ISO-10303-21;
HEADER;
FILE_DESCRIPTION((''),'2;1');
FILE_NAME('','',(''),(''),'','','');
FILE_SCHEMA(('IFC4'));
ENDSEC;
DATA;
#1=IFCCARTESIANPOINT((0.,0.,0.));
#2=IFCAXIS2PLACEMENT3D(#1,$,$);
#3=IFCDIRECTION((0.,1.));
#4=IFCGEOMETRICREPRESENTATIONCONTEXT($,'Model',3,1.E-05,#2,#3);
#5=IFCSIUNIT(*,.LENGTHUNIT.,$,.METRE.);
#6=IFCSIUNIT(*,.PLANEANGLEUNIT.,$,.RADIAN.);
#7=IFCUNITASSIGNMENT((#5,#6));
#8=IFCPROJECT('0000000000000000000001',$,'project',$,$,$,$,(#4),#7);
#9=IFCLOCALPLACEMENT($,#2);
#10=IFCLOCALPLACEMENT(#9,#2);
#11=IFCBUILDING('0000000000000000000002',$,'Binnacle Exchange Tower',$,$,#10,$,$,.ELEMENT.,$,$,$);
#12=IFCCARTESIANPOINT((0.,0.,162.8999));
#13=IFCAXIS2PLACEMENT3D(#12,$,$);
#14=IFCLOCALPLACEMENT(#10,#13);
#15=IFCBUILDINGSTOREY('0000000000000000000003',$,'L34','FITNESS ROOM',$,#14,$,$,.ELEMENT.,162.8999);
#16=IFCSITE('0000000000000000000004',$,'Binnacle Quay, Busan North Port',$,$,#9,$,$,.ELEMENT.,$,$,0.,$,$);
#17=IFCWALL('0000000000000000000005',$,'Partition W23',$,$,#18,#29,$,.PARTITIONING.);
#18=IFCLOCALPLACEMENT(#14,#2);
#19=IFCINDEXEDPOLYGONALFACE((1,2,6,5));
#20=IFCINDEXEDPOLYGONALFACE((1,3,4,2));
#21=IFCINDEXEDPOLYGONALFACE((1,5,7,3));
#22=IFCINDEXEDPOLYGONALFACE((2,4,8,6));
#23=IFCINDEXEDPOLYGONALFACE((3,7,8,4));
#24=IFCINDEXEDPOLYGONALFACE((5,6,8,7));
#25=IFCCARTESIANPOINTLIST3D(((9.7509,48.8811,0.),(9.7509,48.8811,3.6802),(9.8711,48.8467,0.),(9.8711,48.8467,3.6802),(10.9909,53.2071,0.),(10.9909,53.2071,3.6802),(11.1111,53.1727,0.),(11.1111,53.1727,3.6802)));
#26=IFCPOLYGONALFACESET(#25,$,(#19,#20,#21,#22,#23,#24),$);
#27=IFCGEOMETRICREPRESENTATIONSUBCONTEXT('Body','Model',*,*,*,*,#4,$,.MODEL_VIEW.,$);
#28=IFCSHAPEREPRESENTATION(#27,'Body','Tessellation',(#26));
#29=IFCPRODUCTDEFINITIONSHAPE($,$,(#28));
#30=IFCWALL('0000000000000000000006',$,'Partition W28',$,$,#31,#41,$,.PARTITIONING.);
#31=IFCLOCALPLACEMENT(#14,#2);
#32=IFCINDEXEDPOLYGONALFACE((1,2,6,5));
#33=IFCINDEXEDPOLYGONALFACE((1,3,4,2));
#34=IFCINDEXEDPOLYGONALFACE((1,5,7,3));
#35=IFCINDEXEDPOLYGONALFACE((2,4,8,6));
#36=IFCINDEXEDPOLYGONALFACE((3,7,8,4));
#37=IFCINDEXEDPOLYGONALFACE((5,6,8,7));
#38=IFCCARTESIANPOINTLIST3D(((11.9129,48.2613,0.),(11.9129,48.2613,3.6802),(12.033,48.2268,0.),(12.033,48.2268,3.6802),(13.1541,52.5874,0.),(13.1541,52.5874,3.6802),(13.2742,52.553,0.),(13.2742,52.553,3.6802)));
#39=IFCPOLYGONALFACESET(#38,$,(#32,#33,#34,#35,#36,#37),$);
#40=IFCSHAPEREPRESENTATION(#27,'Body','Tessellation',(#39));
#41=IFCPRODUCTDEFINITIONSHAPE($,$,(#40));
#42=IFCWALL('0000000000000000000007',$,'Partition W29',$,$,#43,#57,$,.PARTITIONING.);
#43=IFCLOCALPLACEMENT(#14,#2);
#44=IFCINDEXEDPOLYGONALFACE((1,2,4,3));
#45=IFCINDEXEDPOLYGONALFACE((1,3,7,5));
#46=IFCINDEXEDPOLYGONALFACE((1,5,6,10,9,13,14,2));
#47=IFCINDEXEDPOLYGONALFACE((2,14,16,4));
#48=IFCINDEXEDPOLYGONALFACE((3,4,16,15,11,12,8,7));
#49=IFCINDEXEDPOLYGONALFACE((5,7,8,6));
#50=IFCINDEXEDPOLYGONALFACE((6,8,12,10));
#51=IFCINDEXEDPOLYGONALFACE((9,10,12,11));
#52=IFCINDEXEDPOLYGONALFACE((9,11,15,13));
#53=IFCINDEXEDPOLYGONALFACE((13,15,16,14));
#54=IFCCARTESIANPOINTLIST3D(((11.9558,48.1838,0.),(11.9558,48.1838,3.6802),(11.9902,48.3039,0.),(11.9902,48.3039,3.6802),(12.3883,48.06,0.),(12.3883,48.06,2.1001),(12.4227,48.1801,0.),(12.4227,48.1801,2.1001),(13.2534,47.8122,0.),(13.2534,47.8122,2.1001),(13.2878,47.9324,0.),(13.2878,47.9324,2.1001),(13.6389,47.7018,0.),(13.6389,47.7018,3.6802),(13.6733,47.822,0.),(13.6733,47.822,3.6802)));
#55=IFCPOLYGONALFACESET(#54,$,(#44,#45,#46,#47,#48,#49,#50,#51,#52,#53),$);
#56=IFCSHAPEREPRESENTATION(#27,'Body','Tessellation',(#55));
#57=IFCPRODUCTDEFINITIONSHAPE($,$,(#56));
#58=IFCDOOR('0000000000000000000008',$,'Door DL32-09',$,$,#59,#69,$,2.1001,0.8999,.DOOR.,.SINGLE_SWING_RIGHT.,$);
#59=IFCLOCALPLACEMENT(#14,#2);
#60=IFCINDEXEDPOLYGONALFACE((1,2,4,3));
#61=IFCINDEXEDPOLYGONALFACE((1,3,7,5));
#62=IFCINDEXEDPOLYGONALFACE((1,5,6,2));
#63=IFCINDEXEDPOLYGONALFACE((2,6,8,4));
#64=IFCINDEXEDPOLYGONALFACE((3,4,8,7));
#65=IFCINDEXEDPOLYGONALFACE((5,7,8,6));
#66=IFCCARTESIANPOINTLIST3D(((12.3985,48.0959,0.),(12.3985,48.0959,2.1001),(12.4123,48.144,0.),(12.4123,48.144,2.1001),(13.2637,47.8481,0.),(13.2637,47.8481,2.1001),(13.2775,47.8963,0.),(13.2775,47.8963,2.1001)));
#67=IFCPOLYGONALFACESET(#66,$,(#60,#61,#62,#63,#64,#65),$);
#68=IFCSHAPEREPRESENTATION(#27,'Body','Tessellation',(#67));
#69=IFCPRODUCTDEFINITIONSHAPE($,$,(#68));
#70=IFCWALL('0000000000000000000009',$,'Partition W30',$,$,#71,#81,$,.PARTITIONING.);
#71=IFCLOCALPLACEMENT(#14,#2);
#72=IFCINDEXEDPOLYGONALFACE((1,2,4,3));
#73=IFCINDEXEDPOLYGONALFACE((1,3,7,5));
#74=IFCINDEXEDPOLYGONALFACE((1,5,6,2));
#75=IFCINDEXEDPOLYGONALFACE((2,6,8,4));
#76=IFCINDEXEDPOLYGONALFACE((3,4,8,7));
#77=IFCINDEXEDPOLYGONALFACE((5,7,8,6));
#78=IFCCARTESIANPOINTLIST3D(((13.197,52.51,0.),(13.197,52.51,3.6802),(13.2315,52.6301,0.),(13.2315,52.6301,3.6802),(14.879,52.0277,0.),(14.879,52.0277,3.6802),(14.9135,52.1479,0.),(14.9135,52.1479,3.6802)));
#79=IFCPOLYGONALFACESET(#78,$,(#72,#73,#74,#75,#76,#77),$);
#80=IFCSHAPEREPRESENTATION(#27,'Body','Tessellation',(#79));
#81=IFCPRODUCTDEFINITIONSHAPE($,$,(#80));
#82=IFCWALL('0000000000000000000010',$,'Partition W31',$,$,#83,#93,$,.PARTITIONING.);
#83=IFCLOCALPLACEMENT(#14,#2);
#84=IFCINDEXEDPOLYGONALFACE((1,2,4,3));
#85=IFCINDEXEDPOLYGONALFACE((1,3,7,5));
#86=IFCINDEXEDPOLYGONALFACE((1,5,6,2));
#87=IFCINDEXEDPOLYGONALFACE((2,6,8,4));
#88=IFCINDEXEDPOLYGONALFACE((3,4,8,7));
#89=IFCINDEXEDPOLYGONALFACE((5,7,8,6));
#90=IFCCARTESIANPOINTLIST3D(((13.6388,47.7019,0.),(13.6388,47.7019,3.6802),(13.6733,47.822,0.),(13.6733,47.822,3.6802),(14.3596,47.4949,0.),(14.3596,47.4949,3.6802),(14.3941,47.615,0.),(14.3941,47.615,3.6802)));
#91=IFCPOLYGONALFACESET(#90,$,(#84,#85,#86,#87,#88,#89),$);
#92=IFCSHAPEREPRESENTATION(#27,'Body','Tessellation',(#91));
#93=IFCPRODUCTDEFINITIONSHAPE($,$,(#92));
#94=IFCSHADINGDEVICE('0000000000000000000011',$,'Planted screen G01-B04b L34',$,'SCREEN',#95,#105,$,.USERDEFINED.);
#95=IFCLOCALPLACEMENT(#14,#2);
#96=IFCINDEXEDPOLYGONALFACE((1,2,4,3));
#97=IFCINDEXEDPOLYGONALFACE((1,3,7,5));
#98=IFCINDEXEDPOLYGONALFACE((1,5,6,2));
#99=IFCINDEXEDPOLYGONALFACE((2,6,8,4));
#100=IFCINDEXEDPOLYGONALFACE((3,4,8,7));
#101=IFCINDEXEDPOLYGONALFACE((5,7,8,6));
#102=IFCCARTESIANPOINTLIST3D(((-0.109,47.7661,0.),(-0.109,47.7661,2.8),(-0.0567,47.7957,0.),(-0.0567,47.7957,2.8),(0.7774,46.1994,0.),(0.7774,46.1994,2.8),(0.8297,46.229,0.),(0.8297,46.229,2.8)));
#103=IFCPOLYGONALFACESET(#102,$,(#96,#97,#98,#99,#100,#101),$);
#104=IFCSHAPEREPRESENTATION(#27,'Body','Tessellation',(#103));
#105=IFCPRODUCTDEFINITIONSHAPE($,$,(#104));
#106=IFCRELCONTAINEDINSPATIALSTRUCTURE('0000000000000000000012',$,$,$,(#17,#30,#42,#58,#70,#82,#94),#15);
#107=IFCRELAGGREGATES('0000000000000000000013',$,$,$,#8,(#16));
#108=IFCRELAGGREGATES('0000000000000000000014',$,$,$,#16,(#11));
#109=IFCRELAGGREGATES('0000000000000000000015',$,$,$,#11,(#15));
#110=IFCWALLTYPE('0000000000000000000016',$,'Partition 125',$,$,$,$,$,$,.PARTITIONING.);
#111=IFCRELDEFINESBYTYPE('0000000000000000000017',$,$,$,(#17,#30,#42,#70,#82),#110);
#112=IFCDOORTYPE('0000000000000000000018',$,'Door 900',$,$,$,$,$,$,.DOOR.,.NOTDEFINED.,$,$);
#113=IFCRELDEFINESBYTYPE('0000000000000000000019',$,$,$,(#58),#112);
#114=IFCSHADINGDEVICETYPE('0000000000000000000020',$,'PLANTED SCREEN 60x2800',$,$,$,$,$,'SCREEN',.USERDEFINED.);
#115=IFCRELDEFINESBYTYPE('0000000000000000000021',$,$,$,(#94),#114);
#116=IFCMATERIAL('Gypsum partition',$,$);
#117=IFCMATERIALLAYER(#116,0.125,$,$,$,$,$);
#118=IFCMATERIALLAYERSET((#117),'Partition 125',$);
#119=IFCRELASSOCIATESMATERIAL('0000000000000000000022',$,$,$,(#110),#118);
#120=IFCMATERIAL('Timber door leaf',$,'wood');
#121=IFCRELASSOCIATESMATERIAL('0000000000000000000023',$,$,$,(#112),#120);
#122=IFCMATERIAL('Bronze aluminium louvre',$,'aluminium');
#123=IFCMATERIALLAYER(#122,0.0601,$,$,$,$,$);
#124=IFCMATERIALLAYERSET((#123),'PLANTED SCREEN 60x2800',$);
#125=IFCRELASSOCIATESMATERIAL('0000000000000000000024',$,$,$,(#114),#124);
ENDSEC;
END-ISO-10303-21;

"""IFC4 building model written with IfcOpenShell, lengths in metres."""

from ifc_helpers import new_model, si_unit, direction, frame, frame_2d, origin, origin_2d, place, context, subcontext, project, spatial, rectangle, extrude, material, layer, layer_set, type_object, element, fill, save


model = new_model("IFC4")

# Units and contexts
model_context = context("Model", 3, precision=1e-05, world=origin(), true_north=direction((0.0, 1.0)))
body_context = subcontext(model_context, "Body", "Model", "MODEL_VIEW")
ifc_project = project(units=[si_unit("LENGTHUNIT", "METRE"), si_unit("PLANEANGLEUNIT", "RADIAN")], contexts=[model_context])

# Site, building, storey
site_placement = place(None, origin())
site = spatial("IfcSite", under=ifc_project, at=site_placement, Name="Binnacle Quay, Busan North Port", CompositionType="ELEMENT", RefElevation=0.0)
building_placement = place(site_placement, origin())
building = spatial("IfcBuilding", under=site, at=building_placement, Name="Binnacle Exchange Tower", CompositionType="ELEMENT")
storey_placement = place(building_placement, frame((0.0, 0.0, 162.8999)))
storey = spatial("IfcBuildingStorey", under=building, at=storey_placement, Name="L34", Description="FITNESS ROOM", CompositionType="ELEMENT", Elevation=162.8999)

# Walls
ifc_material_1 = material(Name="Gypsum partition")
ifc_layer_1 = layer(ifc_material_1, 0.125)
ifc_layer_set_1 = layer_set([ifc_layer_1], Name="Partition 125")
wall_type_1 = type_object("IfcWallType", Name="Partition 125", PredefinedType="PARTITIONING", material=ifc_layer_set_1)
wall_1_placement = place(storey_placement, frame((9.811, 48.864, 0.0), z_axis=(0.0, 0.0, 1.0), x_axis=(0.275545, 0.961288, 0.0)))
element("IfcWall", 1, at=wall_1_placement, inside=storey, type_object=wall_type_1, Name="Partition W23", PredefinedType="PARTITIONING", context=body_context, shape_type="SweptSolid", body=[
    extrude(rectangle(XDim=4.5002, YDim=0.125, at=frame_2d((2.25, 0.0))), origin(), (0.0, 0.0, 1.0), 3.6802),
])
wall_2_placement = place(storey_placement, frame((11.9729, 48.2439, 0.0), z_axis=(0.0, 0.0, 1.0), x_axis=(0.275781, 0.96122, 0.0)))
element("IfcWall", 2, at=wall_2_placement, inside=storey, type_object=wall_type_1, Name="Partition W28", PredefinedType="PARTITIONING", context=body_context, shape_type="SweptSolid", body=[
    extrude(rectangle(XDim=4.5007, YDim=0.125, at=frame_2d((2.2505, 0.0))), origin(), (0.0, 0.0, 1.0), 3.6802),
])

# Wall, opening, door
wall_3_placement = place(storey_placement, frame((11.9729, 48.2439, 0.0), z_axis=(0.0, 0.0, 1.0), x_axis=(0.961366, -0.275274, 0.0)))
wall_3 = element("IfcWall", 3, at=wall_3_placement, inside=storey, type_object=wall_type_1, Name="Partition W29", PredefinedType="PARTITIONING", context=body_context, shape_type="SweptSolid", body=[
    extrude(rectangle(XDim=1.7507, YDim=0.125, at=frame_2d((0.8755, 0.0))), origin(), (0.0, 0.0, 1.0), 3.6802),
])
opening_1_placement = place(wall_3_placement, frame((0.45, 0.0, 0.0)))
opening_1 = element("IfcOpeningElement", 4, at=opening_1_placement, cuts=wall_3, PredefinedType="OPENING", context=body_context, shape_type="SweptSolid", body=[
    extrude(rectangle(XDim=0.8999, YDim=2.1001, at=frame_2d((0.45, 1.05))), frame((0.0, 0.0725, 0.0), z_axis=(0.0, -1.0, 0.0), x_axis=(1.0, 0.0, 0.0)), (0.0, 0.0, 1.0), 0.145),
])
ifc_material_2 = material(Name="Timber door leaf", Category="wood")
door_type_1 = type_object("IfcDoorType", Name="Door 900", OperationType="NOTDEFINED", PredefinedType="DOOR", material=ifc_material_2)
door_1_placement = place(opening_1_placement, origin())
door_1 = element("IfcDoor", 5, at=door_1_placement, inside=storey, type_object=door_type_1, Name="Door DL32-09", OperationType="SINGLE_SWING_RIGHT", OverallHeight=2.1001, OverallWidth=0.8999, PredefinedType="DOOR", context=body_context, shape_type="SweptSolid", body=[
    extrude(rectangle(XDim=0.8999, YDim=2.1001, at=frame_2d((0.45, 1.05))), frame((0.0, 0.0249, 0.0), z_axis=(0.0, -1.0, 0.0), x_axis=(1.0, 0.0, 0.0)), (0.0, 0.0, 1.0), 0.05),
])
fill(opening_1, door_1)

# Walls
wall_4_placement = place(storey_placement, frame((13.2141, 52.5701, 0.0), z_axis=(0.0, 0.0, 1.0), x_axis=(0.961276, -0.275587, 0.0)))
element("IfcWall", 6, at=wall_4_placement, inside=storey, type_object=wall_type_1, Name="Partition W30", PredefinedType="PARTITIONING", context=body_context, shape_type="SweptSolid", body=[
    extrude(rectangle(XDim=1.7498, YDim=0.125, at=frame_2d((0.875, 0.0))), origin(), (0.0, 0.0, 1.0), 3.6802),
])
wall_5_placement = place(storey_placement, frame((13.656, 47.762, 0.0), z_axis=(0.0, 0.0, 1.0), x_axis=(0.961155, -0.276011, 0.0)))
element("IfcWall", 7, at=wall_5_placement, inside=storey, type_object=wall_type_1, Name="Partition W31", PredefinedType="PARTITIONING", context=body_context, shape_type="SweptSolid", body=[
    extrude(rectangle(XDim=0.75, YDim=0.125, at=frame_2d((0.375, 0.0))), origin(), (0.0, 0.0, 1.0), 3.6802),
])

# Shading device
ifc_material_3 = material(Name="Bronze aluminium louvre", Category="aluminium")
ifc_layer_2 = layer(ifc_material_3, 0.0601)
ifc_layer_set_2 = layer_set([ifc_layer_2], Name="PLANTED SCREEN 60x2800")
shading_device_type = type_object("IfcShadingDeviceType", Name="PLANTED SCREEN 60x2800", ElementType="SCREEN", PredefinedType="USERDEFINED", material=ifc_layer_set_2)
shading_device_placement = place(storey_placement, frame((0.3604, 46.9976, 0.0), z_axis=(0.0, 0.0, 1.0), x_axis=(0.870356, 0.492424, 0.0)))
element("IfcShadingDevice", 8, at=shading_device_placement, inside=storey, type_object=shading_device_type, Name="Planted screen G01-B04b L34", ObjectType="SCREEN", PredefinedType="USERDEFINED", context=body_context, shape_type="SweptSolid", body=[
    extrude(rectangle(XDim=0.0601, YDim=1.8, at=origin_2d()), origin(), (0.0, 0.0, 1.0), 2.8),
])

save(model, "model.ifc")
